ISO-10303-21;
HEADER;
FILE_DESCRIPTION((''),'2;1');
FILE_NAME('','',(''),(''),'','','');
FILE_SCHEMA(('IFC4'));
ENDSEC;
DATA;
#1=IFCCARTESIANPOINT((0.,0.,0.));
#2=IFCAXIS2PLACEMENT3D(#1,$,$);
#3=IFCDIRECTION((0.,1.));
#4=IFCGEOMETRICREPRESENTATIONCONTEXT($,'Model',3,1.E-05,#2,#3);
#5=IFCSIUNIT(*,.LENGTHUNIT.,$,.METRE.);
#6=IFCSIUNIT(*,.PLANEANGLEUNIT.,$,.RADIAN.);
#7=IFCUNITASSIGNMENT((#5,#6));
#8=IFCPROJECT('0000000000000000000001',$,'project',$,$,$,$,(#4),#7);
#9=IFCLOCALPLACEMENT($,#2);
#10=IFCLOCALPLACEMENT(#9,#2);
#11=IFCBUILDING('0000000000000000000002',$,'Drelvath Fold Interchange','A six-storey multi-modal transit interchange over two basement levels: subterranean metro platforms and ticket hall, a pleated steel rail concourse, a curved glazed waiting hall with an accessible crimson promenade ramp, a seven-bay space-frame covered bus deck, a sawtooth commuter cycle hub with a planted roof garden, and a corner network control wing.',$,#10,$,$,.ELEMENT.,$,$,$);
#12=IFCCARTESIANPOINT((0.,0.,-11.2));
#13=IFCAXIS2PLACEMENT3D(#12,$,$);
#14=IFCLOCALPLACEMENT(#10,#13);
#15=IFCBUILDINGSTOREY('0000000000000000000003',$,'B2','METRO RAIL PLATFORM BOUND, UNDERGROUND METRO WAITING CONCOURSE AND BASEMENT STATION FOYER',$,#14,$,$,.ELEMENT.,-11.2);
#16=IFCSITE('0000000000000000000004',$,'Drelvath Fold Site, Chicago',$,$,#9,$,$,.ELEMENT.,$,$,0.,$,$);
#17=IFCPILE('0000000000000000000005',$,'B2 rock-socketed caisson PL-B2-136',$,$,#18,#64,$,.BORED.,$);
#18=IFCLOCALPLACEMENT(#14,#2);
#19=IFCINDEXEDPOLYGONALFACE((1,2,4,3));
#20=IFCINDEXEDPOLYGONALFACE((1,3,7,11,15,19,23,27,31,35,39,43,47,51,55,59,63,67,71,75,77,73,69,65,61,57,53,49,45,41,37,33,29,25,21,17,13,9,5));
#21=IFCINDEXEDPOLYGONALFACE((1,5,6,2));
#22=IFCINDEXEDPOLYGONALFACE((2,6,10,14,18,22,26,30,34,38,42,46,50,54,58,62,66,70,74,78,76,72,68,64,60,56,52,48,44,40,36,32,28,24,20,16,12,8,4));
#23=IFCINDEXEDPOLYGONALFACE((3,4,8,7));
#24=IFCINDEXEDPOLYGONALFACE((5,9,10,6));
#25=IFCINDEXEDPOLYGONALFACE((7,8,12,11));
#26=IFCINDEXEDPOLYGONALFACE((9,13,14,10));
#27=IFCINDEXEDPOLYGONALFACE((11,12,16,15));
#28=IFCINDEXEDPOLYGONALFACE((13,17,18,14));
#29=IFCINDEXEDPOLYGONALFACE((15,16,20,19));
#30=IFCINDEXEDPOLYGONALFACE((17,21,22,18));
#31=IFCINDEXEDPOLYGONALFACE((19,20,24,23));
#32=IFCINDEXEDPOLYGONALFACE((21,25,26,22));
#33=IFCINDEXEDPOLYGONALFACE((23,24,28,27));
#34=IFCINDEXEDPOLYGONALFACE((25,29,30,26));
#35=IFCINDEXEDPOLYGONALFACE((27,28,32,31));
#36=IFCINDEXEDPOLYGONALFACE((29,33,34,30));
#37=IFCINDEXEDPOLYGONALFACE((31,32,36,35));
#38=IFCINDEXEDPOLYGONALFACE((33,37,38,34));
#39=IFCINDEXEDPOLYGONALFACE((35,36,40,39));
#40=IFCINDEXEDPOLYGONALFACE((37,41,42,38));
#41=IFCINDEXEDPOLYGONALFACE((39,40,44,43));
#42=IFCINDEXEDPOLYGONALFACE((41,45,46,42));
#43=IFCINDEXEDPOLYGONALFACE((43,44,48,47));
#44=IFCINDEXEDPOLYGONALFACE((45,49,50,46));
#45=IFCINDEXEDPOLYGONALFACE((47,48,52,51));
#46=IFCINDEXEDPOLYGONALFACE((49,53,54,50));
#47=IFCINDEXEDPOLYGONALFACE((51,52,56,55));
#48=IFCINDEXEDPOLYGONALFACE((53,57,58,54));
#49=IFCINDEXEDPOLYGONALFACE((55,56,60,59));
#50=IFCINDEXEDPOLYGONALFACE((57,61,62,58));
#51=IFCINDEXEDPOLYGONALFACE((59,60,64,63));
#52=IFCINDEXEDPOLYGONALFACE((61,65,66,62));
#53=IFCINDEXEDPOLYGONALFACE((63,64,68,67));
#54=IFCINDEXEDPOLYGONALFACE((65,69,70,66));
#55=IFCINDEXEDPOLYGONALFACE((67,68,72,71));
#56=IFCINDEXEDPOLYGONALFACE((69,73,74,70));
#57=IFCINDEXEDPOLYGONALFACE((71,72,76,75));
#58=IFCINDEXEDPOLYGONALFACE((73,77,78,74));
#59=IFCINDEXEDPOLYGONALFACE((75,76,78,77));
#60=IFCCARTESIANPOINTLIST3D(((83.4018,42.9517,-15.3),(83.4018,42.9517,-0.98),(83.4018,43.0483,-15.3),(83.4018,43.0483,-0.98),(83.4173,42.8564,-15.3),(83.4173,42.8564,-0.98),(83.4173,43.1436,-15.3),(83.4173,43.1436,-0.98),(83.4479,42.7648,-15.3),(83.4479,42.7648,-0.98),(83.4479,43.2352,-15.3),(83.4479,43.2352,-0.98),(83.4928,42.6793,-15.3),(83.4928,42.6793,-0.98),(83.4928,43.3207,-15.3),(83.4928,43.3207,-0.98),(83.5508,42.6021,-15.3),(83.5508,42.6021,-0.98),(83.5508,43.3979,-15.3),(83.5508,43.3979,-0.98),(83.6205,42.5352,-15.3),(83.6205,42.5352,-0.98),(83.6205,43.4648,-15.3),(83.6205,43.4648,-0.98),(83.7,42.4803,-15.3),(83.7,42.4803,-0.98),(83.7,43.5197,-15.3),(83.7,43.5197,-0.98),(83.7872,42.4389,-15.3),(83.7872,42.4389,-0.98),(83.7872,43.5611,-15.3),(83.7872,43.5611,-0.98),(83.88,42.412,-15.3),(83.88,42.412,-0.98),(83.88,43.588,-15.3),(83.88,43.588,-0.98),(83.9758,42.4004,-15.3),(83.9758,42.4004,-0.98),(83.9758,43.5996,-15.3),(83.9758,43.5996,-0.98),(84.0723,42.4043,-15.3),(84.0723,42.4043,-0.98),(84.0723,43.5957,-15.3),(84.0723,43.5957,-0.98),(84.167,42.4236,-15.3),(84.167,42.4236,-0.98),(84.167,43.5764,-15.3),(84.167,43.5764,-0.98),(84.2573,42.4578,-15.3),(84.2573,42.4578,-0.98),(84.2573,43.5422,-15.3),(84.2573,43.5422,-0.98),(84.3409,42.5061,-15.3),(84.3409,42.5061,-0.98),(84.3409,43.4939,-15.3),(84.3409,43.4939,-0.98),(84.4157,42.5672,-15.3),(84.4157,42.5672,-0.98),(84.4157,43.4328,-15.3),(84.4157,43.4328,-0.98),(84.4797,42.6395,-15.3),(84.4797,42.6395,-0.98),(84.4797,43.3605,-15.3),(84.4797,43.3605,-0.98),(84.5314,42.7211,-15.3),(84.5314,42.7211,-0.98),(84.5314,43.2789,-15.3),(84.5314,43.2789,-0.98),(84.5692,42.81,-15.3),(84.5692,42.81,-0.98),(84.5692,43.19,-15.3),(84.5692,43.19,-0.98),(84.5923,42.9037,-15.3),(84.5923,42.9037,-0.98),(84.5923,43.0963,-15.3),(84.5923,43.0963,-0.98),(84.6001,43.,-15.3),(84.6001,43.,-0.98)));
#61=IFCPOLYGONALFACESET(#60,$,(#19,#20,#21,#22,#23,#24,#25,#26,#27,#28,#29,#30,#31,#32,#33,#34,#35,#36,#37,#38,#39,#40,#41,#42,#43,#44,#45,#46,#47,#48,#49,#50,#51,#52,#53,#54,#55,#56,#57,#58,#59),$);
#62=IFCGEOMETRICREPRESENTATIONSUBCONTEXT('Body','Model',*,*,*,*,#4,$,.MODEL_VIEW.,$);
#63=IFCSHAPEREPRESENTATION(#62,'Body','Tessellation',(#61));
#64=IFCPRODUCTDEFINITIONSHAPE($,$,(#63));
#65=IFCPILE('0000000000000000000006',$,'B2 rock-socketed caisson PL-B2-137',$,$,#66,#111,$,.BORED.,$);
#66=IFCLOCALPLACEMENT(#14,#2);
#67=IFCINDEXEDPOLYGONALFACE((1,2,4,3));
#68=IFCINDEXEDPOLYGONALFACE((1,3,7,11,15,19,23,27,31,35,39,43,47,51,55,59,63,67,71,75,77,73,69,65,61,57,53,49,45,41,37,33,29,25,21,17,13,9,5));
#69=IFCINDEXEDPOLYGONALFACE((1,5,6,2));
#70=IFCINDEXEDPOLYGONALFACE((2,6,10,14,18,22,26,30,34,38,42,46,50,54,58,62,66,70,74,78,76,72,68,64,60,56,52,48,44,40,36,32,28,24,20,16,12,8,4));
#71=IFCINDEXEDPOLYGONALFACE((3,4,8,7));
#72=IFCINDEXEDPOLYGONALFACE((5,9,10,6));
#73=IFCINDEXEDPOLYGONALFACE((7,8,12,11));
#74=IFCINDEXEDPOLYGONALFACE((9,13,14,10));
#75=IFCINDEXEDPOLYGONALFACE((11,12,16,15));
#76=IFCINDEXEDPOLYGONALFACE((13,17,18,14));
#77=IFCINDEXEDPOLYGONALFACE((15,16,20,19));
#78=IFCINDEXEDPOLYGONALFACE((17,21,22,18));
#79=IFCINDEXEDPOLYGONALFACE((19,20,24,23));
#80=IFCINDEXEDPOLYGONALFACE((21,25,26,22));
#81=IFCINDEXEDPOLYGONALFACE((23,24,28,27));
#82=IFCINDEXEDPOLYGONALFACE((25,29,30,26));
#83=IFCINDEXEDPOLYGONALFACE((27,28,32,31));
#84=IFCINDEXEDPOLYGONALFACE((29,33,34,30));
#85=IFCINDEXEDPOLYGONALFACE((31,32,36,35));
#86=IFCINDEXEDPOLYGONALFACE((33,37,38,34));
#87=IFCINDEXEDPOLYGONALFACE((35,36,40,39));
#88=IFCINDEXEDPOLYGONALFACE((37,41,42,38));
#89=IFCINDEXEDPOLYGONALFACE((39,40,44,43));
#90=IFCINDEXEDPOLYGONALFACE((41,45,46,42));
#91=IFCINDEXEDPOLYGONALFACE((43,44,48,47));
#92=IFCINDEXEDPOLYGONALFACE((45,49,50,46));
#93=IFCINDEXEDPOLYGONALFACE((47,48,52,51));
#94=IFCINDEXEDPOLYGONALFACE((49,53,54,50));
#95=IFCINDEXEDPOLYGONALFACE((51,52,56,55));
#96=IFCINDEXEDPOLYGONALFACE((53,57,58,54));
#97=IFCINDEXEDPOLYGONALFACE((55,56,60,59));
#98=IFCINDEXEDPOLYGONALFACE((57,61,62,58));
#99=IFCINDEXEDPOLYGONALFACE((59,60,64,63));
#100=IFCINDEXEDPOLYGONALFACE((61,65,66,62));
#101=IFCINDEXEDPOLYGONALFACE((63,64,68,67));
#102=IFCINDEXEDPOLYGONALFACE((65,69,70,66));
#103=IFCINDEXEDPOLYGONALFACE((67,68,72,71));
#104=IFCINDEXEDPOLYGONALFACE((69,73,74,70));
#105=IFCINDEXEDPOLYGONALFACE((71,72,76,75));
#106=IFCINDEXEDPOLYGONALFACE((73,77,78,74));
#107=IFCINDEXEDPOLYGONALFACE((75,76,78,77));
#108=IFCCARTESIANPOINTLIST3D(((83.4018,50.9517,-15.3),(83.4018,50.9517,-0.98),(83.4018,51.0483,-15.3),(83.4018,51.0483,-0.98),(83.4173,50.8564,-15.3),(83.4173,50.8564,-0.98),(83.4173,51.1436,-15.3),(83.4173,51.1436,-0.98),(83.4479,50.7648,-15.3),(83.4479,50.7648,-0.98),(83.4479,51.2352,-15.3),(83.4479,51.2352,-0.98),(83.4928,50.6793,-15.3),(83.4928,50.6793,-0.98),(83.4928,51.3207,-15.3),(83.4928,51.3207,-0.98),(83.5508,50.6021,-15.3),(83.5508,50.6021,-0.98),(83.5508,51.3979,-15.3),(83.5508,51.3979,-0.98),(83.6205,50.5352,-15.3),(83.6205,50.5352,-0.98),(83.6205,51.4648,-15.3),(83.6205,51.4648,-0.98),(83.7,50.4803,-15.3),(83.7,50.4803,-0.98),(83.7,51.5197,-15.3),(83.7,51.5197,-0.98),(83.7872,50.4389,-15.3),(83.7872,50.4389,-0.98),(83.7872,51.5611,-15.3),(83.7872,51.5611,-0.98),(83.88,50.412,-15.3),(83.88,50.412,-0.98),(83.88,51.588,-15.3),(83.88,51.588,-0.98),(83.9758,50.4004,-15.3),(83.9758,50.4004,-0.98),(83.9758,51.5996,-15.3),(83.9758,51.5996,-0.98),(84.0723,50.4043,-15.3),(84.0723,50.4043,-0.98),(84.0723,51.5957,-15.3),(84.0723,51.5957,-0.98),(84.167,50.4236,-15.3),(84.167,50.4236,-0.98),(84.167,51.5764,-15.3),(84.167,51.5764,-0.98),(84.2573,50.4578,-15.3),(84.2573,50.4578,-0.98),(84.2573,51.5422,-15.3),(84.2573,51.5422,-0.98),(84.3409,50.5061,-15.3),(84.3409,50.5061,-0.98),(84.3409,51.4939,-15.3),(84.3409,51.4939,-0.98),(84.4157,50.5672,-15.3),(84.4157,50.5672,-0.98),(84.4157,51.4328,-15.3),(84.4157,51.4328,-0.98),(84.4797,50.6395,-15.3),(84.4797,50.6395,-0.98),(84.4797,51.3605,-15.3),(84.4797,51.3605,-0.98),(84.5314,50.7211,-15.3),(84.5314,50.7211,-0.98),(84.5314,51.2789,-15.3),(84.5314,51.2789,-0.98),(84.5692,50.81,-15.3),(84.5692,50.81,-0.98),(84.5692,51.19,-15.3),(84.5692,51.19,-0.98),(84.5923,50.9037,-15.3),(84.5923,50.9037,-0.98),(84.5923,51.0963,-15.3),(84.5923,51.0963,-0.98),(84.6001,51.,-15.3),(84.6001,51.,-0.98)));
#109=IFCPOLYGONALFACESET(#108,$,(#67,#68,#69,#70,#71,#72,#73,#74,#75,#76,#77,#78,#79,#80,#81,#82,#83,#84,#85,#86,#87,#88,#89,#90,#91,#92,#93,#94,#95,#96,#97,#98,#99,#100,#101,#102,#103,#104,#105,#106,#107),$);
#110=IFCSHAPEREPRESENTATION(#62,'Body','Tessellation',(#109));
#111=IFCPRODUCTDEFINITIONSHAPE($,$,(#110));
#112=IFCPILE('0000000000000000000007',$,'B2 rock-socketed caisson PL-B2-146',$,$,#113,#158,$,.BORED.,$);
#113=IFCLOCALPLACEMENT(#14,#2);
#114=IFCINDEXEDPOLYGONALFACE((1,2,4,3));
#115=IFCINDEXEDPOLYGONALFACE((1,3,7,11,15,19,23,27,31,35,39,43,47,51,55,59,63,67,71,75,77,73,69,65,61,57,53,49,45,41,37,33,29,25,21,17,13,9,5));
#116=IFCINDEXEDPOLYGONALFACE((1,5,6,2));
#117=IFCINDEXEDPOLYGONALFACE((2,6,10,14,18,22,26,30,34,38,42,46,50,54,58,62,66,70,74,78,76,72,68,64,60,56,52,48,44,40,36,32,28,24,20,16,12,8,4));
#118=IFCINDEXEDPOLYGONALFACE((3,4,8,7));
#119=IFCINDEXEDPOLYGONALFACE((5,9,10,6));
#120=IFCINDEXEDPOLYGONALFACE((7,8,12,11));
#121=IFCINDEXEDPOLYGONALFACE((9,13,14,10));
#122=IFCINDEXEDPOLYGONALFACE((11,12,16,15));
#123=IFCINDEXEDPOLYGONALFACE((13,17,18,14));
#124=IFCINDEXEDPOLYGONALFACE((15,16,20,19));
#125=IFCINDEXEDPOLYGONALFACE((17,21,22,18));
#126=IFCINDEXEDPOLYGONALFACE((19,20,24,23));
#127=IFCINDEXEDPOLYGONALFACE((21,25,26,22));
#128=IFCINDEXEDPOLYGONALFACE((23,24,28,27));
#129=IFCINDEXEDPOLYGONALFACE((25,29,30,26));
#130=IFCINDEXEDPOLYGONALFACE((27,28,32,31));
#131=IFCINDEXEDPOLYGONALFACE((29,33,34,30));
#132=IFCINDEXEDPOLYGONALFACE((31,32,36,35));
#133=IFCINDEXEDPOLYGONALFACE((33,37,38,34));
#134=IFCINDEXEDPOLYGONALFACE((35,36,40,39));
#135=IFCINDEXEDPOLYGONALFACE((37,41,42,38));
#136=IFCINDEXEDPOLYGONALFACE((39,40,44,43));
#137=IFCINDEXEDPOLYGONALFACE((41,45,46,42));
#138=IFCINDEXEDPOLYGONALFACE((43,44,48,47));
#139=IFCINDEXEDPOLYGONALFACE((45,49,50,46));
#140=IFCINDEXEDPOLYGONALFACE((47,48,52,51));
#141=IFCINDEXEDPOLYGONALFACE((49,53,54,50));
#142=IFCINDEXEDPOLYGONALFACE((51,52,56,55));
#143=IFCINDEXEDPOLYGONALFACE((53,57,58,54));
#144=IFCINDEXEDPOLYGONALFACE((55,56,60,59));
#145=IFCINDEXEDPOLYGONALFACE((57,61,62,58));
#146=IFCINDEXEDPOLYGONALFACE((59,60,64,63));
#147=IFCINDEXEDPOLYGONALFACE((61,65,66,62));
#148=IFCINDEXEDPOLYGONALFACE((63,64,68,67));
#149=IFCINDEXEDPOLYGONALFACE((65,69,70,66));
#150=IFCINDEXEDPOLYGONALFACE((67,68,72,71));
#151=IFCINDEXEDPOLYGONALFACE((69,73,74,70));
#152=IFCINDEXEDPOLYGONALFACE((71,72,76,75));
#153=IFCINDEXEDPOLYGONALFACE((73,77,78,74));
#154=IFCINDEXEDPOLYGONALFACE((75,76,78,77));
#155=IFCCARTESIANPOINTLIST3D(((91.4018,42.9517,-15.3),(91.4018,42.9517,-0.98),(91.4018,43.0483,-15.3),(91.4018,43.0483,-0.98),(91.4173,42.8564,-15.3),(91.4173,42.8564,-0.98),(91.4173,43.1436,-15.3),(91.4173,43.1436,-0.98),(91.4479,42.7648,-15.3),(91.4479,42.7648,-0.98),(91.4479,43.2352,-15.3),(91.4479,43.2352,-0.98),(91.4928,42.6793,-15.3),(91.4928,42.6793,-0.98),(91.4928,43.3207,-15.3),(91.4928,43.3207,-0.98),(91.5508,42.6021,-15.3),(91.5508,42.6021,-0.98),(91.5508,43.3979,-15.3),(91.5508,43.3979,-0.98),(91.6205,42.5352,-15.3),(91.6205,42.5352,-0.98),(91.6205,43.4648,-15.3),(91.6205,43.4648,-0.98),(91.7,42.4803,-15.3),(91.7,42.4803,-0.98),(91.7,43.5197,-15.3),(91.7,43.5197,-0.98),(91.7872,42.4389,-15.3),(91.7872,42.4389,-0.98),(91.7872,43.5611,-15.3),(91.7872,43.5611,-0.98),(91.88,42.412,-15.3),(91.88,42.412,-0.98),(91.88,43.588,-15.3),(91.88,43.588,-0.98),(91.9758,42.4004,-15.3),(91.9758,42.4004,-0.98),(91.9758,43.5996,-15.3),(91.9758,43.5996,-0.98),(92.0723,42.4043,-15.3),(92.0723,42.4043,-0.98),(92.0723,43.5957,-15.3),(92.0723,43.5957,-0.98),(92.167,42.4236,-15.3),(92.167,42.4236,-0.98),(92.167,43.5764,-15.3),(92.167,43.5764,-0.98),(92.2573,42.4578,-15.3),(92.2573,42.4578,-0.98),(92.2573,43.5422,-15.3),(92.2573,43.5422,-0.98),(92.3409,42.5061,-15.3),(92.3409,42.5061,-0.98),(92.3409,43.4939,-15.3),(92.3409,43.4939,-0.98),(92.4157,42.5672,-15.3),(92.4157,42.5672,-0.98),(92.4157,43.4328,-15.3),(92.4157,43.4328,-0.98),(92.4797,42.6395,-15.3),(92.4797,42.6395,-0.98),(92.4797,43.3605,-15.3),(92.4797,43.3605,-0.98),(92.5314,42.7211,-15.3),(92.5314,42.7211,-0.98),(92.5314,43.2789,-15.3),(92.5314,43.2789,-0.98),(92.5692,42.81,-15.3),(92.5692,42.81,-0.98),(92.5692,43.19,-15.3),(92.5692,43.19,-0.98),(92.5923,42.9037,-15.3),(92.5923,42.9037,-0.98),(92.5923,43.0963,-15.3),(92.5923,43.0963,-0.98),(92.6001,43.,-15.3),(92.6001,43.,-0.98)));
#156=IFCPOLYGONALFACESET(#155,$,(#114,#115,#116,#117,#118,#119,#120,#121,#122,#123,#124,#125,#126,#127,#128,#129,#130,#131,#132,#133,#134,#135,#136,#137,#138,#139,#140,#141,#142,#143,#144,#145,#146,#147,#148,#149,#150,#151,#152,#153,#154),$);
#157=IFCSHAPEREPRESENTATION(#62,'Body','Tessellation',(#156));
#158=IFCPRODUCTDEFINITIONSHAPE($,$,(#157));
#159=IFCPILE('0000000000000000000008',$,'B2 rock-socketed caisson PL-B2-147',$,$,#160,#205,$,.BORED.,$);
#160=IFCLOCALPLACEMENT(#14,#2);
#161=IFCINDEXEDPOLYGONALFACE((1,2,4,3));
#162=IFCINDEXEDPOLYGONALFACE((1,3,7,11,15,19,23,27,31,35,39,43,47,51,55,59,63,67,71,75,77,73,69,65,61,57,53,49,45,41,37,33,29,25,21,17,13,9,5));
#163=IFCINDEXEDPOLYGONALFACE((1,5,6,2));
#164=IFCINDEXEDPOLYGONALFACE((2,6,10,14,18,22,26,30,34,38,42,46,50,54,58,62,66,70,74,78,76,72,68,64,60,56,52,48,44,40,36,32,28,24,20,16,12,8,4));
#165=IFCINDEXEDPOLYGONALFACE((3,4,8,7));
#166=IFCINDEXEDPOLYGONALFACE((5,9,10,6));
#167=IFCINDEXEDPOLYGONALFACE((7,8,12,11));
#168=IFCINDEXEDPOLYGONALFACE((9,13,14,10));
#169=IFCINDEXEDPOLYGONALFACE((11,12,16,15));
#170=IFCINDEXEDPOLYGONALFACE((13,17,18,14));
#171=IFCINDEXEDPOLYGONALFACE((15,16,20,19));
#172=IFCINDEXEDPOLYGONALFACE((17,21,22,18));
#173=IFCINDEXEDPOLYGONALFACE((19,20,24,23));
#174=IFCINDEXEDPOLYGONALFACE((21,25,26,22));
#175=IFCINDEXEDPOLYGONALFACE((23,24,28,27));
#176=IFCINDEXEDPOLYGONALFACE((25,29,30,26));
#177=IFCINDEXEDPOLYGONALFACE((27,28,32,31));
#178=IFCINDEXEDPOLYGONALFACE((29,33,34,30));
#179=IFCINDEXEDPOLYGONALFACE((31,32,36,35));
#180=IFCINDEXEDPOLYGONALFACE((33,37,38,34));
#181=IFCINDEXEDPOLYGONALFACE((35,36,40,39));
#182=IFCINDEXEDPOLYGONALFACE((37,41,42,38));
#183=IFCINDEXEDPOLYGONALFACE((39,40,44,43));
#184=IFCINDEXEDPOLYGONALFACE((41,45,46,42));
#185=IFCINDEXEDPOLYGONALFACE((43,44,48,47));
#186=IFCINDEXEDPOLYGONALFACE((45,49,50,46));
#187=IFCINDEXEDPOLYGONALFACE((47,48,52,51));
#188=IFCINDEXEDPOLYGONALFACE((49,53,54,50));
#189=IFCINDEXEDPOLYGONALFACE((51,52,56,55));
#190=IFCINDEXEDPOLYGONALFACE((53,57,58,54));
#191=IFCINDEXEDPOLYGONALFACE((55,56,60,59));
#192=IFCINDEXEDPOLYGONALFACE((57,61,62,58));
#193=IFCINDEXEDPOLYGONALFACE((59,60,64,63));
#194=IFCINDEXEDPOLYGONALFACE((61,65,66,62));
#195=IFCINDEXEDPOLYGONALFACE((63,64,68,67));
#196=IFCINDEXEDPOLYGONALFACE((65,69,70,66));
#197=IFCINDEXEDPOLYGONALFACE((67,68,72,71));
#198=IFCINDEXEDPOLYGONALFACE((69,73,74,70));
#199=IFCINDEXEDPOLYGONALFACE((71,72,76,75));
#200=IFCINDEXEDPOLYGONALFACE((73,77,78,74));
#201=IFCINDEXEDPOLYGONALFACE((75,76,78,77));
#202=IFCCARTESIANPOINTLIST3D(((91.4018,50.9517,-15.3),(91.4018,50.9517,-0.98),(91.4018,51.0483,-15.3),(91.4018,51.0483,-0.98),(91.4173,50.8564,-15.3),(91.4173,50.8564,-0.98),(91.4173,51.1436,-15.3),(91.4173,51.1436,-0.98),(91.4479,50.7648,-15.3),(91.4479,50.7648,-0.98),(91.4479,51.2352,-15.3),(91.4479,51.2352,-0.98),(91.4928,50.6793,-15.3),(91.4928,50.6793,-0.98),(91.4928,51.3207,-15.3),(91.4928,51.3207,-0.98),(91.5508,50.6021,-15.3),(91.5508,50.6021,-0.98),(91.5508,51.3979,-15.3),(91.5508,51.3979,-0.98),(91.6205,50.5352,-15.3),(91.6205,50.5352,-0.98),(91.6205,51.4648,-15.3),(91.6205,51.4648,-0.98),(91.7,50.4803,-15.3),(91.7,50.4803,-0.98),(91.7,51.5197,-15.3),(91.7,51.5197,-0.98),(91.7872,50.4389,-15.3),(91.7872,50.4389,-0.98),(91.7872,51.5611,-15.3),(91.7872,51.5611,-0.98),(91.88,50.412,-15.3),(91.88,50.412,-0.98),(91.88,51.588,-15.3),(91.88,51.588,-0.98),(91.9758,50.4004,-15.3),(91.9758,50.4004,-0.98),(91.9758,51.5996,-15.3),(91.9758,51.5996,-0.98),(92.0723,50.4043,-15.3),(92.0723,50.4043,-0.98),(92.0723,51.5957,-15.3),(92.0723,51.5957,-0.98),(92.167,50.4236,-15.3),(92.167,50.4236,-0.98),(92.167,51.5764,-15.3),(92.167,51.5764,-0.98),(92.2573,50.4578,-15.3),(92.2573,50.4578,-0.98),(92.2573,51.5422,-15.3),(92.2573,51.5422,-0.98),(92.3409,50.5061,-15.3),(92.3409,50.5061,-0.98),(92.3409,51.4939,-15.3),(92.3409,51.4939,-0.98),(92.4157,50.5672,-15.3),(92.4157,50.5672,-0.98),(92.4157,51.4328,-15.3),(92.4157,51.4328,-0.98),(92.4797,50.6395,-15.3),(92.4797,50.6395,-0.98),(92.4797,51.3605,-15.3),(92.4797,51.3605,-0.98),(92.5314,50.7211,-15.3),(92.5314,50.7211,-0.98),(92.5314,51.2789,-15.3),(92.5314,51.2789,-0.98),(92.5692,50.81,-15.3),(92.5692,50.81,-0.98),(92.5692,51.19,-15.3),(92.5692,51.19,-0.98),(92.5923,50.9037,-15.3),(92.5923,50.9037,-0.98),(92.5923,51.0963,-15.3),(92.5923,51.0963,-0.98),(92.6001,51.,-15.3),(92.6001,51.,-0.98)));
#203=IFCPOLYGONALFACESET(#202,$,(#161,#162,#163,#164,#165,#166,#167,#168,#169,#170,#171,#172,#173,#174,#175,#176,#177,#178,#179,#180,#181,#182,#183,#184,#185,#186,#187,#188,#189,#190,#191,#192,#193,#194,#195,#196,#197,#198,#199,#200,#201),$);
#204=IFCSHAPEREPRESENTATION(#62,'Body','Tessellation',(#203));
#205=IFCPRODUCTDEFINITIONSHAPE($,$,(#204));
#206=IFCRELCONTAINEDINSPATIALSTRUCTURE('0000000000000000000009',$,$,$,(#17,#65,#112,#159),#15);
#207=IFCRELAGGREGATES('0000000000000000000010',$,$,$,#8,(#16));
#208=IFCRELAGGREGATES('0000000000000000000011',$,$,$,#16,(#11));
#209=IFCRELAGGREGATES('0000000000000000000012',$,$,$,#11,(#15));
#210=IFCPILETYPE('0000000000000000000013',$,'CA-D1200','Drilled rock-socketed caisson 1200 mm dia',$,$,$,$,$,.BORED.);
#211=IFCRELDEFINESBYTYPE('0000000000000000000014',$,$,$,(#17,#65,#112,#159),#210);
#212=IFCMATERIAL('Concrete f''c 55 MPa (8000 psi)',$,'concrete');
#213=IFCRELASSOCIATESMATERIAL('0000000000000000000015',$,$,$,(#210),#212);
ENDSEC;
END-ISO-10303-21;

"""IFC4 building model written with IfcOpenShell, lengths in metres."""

from ifc_helpers import new_model, si_unit, direction, frame, origin, origin_2d, place, context, subcontext, project, spatial, circle, extrude, material, material_profile, profile_set, type_object, element, save


model = new_model("IFC4")

# Units and contexts
model_context = context("Model", 3, precision=1e-05, world=origin(), true_north=direction((0.0, 1.0)))
body_context = subcontext(model_context, "Body", "Model", "MODEL_VIEW")
ifc_project = project(units=[si_unit("LENGTHUNIT", "METRE"), si_unit("PLANEANGLEUNIT", "RADIAN")], contexts=[model_context])

# Site, building, storey
site_placement = place(None, origin())
site = spatial("IfcSite", under=ifc_project, at=site_placement, Name="Drelvath Fold Site, Chicago", CompositionType="ELEMENT", RefElevation=0.0)
building_placement = place(site_placement, origin())
building = spatial("IfcBuilding", under=site, at=building_placement, Name="Drelvath Fold Interchange", Description="A six-storey multi-modal transit interchange over two basement levels: subterranean metro platforms and ticket hall, a pleated steel rail concourse, a curved glazed waiting hall with an accessible crimson promenade ramp, a seven-bay space-frame covered bus deck, a sawtooth commuter cycle hub with a planted roof garden, and a corner network control wing.", CompositionType="ELEMENT")
storey_placement = place(building_placement, frame((0.0, 0.0, -11.2)))
storey = spatial("IfcBuildingStorey", under=building, at=storey_placement, Name="B2", Description="METRO RAIL PLATFORM BOUND, UNDERGROUND METRO WAITING CONCOURSE AND BASEMENT STATION FOYER", CompositionType="ELEMENT", Elevation=-11.2)

# Piles
ifc_material_1 = material(Name="Concrete f'c 55 MPa (8000 psi)", Category="concrete")
ifc_material_profile_1 = material_profile(ifc_material_1, circle(Radius=0.6001, at=origin_2d()), Name="CAISSON D1200")
ifc_profile_set_1 = profile_set([ifc_material_profile_1], Name="Concrete f'c 55 MPa (8000 psi)")
pile_type = type_object("IfcPileType", Name="CA-D1200", Description="Drilled rock-socketed caisson 1200 mm dia", PredefinedType="BORED", material=ifc_profile_set_1)
for number, where, z_axis, x_axis, name in (
    (1, (84.0, 43.0, -0.98), (0.0, 0.0, -1.0), (1.0, 0.0, 0.0), "B2 rock-socketed caisson PL-B2-136"),
    (2, (84.0, 51.0, -0.98), (0.0, 0.0, -1.0), (1.0, 0.0, 0.0), "B2 rock-socketed caisson PL-B2-137"),
    (3, (92.0, 43.0, -0.98), (0.0, 0.0, -1.0), (1.0, 0.0, 0.0), "B2 rock-socketed caisson PL-B2-146"),
    (4, (92.0, 51.0, -0.98), (0.0, 0.0, -1.0), (1.0, 0.0, 0.0), "B2 rock-socketed caisson PL-B2-147"),
):
    element("IfcPile", number, at=place(storey_placement, frame(where, z_axis=z_axis, x_axis=x_axis)), inside=storey, type_object=pile_type, Name=name, PredefinedType="BORED", context=body_context, shape_type="SweptSolid", body=[
        extrude(circle(Radius=0.6001, at=origin_2d()), origin(), (0.0, 0.0, 1.0), 14.3201),
    ])

save(model, "model.ifc")
